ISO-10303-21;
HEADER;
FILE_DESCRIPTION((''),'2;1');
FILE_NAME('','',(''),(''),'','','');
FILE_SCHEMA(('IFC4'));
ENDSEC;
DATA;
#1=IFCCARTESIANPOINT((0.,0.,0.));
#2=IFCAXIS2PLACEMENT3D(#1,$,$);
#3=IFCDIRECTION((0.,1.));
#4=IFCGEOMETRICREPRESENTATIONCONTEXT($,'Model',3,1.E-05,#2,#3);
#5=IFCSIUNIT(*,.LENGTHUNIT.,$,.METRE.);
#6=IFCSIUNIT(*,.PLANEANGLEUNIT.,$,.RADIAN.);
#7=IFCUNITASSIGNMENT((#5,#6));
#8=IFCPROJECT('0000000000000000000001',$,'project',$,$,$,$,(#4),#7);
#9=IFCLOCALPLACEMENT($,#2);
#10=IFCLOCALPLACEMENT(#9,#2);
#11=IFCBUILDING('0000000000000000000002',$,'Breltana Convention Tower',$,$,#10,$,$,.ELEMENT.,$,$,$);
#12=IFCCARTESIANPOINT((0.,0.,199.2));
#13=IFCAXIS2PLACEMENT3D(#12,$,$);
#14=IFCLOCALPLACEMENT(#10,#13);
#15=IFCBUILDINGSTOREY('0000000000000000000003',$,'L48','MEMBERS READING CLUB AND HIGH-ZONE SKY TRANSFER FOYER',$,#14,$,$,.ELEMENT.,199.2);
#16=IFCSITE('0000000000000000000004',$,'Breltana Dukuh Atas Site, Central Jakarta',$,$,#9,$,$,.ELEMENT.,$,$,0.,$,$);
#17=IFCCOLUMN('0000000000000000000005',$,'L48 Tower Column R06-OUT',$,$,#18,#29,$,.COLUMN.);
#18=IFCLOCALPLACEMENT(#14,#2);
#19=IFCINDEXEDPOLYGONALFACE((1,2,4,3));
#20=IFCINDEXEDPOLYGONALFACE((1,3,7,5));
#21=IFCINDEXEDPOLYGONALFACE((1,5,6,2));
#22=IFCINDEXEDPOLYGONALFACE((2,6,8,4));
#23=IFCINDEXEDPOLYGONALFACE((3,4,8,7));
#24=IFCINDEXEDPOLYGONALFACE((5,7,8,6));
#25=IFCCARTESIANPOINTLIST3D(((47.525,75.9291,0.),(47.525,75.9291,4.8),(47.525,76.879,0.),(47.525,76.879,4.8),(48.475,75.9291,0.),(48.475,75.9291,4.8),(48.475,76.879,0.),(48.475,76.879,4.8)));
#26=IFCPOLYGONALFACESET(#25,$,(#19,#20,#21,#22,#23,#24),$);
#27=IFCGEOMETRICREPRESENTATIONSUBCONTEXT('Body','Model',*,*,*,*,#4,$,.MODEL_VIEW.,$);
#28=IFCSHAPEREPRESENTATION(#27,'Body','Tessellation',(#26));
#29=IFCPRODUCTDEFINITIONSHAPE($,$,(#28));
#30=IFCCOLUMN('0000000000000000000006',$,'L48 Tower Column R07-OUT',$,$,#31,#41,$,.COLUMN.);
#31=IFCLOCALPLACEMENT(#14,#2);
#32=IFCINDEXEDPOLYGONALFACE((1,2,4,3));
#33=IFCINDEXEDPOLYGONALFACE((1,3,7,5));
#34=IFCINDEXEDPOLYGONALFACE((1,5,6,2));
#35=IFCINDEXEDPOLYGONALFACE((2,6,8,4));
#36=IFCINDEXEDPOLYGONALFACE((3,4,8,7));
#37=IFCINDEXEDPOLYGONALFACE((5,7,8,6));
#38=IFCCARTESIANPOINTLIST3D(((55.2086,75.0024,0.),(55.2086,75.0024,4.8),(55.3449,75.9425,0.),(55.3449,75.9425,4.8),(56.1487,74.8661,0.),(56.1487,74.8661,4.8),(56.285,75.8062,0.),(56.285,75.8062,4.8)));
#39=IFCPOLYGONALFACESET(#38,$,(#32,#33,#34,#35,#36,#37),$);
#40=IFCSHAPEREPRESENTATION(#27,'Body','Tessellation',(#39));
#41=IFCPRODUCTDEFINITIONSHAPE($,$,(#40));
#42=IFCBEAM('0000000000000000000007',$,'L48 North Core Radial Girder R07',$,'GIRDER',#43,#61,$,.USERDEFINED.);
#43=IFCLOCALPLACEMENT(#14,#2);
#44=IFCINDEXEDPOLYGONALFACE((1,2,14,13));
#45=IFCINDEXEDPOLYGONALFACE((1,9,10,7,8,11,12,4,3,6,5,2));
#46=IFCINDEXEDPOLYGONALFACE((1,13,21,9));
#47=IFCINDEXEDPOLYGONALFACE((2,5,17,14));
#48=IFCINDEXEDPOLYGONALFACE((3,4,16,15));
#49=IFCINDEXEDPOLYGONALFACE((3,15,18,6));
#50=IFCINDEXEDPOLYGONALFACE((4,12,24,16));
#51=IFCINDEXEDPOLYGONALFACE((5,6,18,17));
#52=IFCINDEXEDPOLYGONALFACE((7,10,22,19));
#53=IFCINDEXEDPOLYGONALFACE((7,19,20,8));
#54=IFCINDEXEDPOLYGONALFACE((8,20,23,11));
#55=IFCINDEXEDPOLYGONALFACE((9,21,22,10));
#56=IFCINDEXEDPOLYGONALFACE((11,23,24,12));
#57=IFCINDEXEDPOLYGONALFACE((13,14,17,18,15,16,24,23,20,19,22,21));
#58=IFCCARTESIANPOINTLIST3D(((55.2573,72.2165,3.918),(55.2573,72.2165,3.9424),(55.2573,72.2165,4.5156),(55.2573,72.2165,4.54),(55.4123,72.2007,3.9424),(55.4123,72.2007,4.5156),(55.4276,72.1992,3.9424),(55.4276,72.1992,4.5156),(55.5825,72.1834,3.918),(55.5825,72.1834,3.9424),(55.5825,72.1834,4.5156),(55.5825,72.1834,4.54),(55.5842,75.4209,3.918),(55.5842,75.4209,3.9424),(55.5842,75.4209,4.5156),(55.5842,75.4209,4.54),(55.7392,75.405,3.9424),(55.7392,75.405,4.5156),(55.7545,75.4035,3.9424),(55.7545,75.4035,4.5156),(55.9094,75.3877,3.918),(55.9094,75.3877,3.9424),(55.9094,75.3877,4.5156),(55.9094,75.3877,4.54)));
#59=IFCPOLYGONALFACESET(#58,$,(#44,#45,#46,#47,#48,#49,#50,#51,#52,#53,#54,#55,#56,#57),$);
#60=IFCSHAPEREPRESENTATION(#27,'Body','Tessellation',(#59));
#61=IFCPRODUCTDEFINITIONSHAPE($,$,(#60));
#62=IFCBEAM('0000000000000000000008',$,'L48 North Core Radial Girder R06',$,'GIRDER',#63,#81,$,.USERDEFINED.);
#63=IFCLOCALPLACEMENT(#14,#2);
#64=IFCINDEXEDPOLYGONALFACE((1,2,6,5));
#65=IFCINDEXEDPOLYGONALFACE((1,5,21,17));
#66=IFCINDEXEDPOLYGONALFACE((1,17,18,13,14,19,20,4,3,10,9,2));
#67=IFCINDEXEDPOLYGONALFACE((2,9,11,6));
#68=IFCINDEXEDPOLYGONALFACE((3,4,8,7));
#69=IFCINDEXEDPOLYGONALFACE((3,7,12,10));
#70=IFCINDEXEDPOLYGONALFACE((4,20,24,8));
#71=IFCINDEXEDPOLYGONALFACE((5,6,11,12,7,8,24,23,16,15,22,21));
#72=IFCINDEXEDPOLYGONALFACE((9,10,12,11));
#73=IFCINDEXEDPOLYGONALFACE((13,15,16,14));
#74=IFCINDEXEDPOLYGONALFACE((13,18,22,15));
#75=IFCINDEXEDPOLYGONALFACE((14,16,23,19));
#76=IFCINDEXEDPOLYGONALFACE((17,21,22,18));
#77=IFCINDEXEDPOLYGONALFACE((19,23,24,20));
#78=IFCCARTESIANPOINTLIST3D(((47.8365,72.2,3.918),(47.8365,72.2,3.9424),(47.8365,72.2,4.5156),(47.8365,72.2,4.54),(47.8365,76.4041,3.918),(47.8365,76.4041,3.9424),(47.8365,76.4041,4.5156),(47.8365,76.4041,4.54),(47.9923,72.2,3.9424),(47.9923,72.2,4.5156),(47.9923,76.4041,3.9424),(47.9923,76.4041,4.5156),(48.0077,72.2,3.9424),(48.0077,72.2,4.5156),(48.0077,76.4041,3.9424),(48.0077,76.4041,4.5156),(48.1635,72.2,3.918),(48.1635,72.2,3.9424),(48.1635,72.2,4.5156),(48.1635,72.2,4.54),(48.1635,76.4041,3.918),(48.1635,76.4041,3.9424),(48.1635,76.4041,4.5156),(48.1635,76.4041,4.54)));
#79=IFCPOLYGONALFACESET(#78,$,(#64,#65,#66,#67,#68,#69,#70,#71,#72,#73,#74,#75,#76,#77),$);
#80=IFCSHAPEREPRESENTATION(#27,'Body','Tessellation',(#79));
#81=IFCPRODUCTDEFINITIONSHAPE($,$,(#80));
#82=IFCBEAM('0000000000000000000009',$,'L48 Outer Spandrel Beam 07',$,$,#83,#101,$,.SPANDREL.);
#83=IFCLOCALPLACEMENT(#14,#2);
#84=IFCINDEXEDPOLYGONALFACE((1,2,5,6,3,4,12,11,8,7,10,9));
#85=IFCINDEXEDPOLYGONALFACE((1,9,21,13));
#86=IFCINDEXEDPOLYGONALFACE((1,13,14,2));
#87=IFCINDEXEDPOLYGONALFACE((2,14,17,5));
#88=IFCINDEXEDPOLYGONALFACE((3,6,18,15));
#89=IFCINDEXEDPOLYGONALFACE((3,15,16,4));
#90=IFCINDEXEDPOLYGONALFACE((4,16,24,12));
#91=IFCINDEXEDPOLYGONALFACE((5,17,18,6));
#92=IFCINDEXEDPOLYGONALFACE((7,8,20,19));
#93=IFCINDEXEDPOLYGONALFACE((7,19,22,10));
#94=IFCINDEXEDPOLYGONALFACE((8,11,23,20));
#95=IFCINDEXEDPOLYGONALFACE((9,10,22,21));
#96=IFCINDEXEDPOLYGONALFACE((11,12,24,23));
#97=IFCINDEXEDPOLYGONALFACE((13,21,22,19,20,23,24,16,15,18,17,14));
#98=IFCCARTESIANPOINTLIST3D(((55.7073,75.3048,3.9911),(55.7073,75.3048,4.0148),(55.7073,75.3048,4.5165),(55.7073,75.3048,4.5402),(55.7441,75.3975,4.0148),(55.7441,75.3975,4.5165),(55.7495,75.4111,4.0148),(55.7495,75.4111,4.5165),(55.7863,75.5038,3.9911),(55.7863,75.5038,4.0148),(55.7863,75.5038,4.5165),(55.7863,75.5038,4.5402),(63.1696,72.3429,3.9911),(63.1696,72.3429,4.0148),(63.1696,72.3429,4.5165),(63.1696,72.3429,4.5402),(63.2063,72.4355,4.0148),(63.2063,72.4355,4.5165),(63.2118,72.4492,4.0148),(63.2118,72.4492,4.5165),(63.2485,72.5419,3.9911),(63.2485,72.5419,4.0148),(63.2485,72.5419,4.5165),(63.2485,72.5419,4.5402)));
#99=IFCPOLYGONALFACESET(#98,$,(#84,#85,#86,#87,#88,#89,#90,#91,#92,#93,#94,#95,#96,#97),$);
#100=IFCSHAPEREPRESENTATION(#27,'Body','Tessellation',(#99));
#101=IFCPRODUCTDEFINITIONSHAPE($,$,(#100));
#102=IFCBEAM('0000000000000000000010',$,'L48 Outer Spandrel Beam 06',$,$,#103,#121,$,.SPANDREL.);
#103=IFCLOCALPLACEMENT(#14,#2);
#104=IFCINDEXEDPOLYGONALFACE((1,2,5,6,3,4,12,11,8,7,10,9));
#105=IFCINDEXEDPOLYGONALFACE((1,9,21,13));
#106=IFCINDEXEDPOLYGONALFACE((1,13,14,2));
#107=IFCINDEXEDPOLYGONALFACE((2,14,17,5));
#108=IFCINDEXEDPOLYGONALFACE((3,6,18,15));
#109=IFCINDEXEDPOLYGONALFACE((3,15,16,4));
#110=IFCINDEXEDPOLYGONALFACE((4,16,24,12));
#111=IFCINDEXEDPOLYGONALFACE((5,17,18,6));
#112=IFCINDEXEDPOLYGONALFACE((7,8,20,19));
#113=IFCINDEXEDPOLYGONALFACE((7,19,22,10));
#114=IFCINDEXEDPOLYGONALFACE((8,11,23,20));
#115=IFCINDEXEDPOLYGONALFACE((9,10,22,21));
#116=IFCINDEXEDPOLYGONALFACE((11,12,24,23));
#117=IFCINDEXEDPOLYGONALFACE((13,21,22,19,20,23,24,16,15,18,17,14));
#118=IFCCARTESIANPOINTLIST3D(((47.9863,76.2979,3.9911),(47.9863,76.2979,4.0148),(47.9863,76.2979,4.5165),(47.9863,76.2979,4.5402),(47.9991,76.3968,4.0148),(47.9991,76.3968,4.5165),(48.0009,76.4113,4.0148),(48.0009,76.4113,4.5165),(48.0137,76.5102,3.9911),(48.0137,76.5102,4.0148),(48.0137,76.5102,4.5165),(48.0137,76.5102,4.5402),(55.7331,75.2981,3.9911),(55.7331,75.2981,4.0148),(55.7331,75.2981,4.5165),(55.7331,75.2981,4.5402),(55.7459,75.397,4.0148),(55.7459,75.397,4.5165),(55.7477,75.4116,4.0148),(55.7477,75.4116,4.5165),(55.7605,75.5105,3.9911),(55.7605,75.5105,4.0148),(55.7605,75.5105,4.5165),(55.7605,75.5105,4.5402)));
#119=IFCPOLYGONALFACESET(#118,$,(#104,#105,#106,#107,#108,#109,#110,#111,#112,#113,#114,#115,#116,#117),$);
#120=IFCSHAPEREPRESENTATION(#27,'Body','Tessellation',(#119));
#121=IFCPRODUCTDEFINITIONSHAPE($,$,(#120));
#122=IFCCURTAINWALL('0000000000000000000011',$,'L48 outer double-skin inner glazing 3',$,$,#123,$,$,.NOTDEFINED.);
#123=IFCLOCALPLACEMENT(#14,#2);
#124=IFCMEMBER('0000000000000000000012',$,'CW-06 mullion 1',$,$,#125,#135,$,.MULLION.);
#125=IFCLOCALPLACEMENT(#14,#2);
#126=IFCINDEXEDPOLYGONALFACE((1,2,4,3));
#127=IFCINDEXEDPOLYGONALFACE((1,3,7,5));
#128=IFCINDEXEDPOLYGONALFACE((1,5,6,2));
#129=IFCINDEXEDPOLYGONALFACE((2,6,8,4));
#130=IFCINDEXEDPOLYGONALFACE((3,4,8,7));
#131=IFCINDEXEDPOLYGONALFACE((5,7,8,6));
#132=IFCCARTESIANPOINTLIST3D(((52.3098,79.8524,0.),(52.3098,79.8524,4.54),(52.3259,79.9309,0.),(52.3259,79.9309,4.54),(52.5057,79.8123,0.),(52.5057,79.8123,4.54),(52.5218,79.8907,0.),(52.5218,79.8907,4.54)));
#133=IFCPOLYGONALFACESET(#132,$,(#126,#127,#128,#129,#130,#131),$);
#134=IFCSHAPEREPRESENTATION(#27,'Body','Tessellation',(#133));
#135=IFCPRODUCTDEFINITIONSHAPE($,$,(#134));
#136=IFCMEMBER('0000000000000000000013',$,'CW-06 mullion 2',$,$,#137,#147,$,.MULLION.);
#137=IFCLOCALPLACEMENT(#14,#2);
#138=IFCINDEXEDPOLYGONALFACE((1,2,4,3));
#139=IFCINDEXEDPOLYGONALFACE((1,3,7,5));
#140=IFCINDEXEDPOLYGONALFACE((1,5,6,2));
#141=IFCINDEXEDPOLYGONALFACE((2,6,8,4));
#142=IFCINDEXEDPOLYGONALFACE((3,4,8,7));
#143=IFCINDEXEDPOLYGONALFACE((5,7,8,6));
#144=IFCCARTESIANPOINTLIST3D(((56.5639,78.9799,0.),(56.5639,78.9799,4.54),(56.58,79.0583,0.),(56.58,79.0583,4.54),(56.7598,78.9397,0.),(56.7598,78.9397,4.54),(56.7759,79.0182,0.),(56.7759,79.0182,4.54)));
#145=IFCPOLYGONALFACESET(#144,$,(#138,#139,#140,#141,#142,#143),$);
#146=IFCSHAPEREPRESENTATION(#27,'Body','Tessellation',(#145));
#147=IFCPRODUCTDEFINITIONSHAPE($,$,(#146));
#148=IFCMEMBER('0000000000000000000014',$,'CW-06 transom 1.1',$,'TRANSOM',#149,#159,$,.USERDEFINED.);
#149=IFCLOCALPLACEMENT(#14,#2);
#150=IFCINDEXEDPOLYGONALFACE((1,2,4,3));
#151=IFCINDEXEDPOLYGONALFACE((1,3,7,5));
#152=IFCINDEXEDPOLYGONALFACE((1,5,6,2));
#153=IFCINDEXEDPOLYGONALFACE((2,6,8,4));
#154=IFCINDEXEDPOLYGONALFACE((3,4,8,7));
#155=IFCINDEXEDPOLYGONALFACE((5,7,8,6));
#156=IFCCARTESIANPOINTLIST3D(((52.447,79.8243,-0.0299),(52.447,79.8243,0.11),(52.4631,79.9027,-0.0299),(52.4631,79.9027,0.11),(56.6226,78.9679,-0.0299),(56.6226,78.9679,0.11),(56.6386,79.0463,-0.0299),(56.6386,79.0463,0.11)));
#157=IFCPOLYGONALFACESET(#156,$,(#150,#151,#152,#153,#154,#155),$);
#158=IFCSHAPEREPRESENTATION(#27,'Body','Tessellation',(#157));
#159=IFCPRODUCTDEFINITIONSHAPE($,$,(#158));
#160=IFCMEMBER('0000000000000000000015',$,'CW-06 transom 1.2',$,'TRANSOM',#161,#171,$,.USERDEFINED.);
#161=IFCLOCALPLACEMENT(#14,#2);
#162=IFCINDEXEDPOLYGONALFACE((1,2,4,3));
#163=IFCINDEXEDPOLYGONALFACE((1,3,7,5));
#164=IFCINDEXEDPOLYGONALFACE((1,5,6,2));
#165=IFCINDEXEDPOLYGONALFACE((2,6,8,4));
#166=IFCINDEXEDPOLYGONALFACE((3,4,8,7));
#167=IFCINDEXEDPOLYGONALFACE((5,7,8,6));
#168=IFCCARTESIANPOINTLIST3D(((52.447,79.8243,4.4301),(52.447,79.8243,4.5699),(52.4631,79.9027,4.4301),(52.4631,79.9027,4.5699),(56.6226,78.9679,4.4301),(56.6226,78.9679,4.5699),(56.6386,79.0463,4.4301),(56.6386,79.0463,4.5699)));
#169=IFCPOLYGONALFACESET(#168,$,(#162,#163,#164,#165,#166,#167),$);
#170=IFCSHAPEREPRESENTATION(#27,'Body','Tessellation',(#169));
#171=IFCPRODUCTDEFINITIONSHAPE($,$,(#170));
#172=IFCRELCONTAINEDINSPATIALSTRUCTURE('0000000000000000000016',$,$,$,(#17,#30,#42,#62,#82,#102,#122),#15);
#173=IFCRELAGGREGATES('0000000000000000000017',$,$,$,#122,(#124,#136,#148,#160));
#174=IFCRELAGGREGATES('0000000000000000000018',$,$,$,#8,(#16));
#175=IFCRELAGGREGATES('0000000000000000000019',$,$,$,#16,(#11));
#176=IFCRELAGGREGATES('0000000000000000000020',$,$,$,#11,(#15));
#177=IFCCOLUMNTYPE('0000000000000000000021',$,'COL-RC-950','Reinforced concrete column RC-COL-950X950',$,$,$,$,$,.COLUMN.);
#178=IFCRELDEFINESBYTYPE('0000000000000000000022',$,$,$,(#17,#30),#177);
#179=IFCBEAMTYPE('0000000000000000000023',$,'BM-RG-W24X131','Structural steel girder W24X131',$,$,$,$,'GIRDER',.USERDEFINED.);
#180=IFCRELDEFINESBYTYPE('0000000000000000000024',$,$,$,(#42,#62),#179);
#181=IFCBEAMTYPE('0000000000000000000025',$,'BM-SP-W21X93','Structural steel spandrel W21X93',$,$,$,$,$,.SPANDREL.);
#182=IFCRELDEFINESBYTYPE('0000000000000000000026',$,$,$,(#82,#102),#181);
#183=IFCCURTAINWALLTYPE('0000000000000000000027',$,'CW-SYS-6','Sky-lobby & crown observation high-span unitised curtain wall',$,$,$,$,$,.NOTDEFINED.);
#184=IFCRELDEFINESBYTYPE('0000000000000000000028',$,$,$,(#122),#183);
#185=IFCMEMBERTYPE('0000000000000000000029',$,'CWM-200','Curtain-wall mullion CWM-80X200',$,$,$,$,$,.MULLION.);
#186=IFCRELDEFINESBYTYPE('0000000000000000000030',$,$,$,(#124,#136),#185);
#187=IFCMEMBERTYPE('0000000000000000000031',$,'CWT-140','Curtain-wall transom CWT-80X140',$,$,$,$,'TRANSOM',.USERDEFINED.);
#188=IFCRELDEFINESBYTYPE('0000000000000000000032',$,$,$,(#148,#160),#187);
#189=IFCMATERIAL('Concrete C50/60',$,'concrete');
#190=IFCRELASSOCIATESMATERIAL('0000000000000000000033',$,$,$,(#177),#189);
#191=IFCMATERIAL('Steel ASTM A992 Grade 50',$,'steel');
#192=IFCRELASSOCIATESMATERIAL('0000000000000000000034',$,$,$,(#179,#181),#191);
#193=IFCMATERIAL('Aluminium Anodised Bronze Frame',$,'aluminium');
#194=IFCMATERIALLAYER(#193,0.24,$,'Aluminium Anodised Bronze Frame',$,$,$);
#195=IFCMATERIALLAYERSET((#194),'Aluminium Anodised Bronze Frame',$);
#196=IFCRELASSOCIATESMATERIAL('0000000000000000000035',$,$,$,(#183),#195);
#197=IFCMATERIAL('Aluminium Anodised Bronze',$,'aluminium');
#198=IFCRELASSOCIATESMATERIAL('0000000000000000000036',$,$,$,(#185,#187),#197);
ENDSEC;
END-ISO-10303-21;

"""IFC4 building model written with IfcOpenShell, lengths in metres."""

from ifc_helpers import new_model, si_unit, direction, frame, origin, origin_2d, place, context, subcontext, project, spatial, rectangle, i_section, extrude, source, transform, mapped, material, layer, layer_set, material_profile, profile_set, type_object, type_shapes, element, aggregate, save


model = new_model("IFC4")

# Units and contexts
model_context = context("Model", 3, precision=1e-05, world=origin(), true_north=direction((0.0, 1.0)))
body_context = subcontext(model_context, "Body", "Model", "MODEL_VIEW")
ifc_project = project(units=[si_unit("LENGTHUNIT", "METRE"), si_unit("PLANEANGLEUNIT", "RADIAN")], contexts=[model_context])

# Site, building, storey
site_placement = place(None, origin())
site = spatial("IfcSite", under=ifc_project, at=site_placement, Name="Breltana Dukuh Atas Site, Central Jakarta", CompositionType="ELEMENT", RefElevation=0.0)
building_placement = place(site_placement, origin())
building = spatial("IfcBuilding", under=site, at=building_placement, Name="Breltana Convention Tower", CompositionType="ELEMENT")
storey_placement = place(building_placement, frame((0.0, 0.0, 199.2)))
storey = spatial("IfcBuildingStorey", under=building, at=storey_placement, Name="L48", Description="MEMBERS READING CLUB AND HIGH-ZONE SKY TRANSFER FOYER", CompositionType="ELEMENT", Elevation=199.2)

# Columns
ifc_material_1 = material(Name="Concrete C50/60", Category="concrete")
ifc_material_profile_1 = material_profile(ifc_material_1, rectangle(XDim=0.95, YDim=0.95, at=origin_2d()), Name="RC-COL-950X950")
ifc_profile_set_1 = profile_set([ifc_material_profile_1], Name="Concrete C50/60")
column_type = type_object("IfcColumnType", Name="COL-RC-950", Description="Reinforced concrete column RC-COL-950X950", PredefinedType="COLUMN", material=ifc_profile_set_1)
shared_shape_1 = source(origin(), body_context, "Body", "SweptSolid", [
    extrude(rectangle(XDim=0.95, YDim=0.95, at=origin_2d()), origin(), (0.0, 0.0, 1.0), 4.8),
])
type_shapes(column_type, [shared_shape_1])
for number, where, z_axis, x_axis, name in (
    (1, (48.0, 76.4041, 0.0), (0.0, 0.0, 1.0), (0.0, 1.0, 0.0), "L48 Tower Column R06-OUT"),
    (2, (55.7468, 75.4043, 0.0), (0.0, 0.0, 1.0), (0.143493, 0.989651, 0.0), "L48 Tower Column R07-OUT"),
):
    element("IfcColumn", number, at=place(storey_placement, frame(where, z_axis=z_axis, x_axis=x_axis)), inside=storey, type_object=column_type, Name=name, PredefinedType="COLUMN", context=body_context, shape_type="MappedRepresentation", body=[
        mapped(shared_shape_1, transform((0.0, 0.0, 0.0), scale=1.0)),
    ])

# Beams
ifc_material_2 = material(Name="Steel ASTM A992 Grade 50", Category="steel")
ifc_material_profile_2 = material_profile(ifc_material_2, i_section(OverallWidth=0.3269, OverallDepth=0.6221, WebThickness=0.0154, FlangeThickness=0.0244, at=origin_2d()), Name="W24X131")
ifc_profile_set_2 = profile_set([ifc_material_profile_2], Name="Steel ASTM A992 Grade 50")
beam_type_1 = type_object("IfcBeamType", Name="BM-RG-W24X131", Description="Structural steel girder W24X131", ElementType="GIRDER", PredefinedType="USERDEFINED", material=ifc_profile_set_2)
shared_shape_2 = source(origin(), body_context, "Body", "SweptSolid", [
    extrude(i_section(OverallWidth=0.3269, OverallDepth=0.6221, WebThickness=0.0154, FlangeThickness=0.0244, at=origin_2d()), origin(), (0.0, 0.0, 1.0), 3.2209),
])
beam_1_placement = place(storey_placement, frame((55.4199, 72.2, 4.229), z_axis=(0.101492, 0.994836, 0.0), x_axis=(-0.994836, 0.101492, 0.0)))
element("IfcBeam", 3, at=beam_1_placement, inside=storey, type_object=beam_type_1, Name="L48 North Core Radial Girder R07", ObjectType="GIRDER", PredefinedType="USERDEFINED", context=body_context, shape_type="MappedRepresentation", body=[
    mapped(shared_shape_2, transform((0.0, 0.0, 0.0), scale=1.0)),
])
shared_shape_3 = source(origin(), body_context, "Body", "SweptSolid", [
    extrude(i_section(OverallWidth=0.3269, OverallDepth=0.6221, WebThickness=0.0154, FlangeThickness=0.0244, at=origin_2d()), origin(), (0.0, 0.0, 1.0), 4.2041),
])
beam_2_placement = place(storey_placement, frame((48.0, 72.2, 4.229), z_axis=(0.0, 1.0, 0.0), x_axis=(-1.0, 0.0, 0.0)))
element("IfcBeam", 4, at=beam_2_placement, inside=storey, type_object=beam_type_1, Name="L48 North Core Radial Girder R06", ObjectType="GIRDER", PredefinedType="USERDEFINED", context=body_context, shape_type="MappedRepresentation", body=[
    mapped(shared_shape_3, transform((0.0, 0.0, 0.0), scale=1.0)),
])
ifc_material_profile_3 = material_profile(ifc_material_2, i_section(OverallWidth=0.2141, OverallDepth=0.5491, WebThickness=0.0146, FlangeThickness=0.0237, at=origin_2d()), Name="W21X93")
ifc_profile_set_3 = profile_set([ifc_material_profile_3], Name="Steel ASTM A992 Grade 50")
beam_type_2 = type_object("IfcBeamType", Name="BM-SP-W21X93", Description="Structural steel spandrel W21X93", PredefinedType="SPANDREL", material=ifc_profile_set_3)
shared_shape_4 = source(origin(), body_context, "Body", "SweptSolid", [
    extrude(i_section(OverallWidth=0.2141, OverallDepth=0.5491, WebThickness=0.0146, FlangeThickness=0.0237, at=origin_2d()), origin(), (0.0, 0.0, 1.0), 8.0286),
])
beam_3_placement = place(storey_placement, frame((55.7468, 75.4043, 4.2656), z_axis=(0.929459, -0.368925, 0.0), x_axis=(0.368925, 0.929459, 0.0)))
element("IfcBeam", 5, at=beam_3_placement, inside=storey, type_object=beam_type_2, Name="L48 Outer Spandrel Beam 07", PredefinedType="SPANDREL", context=body_context, shape_type="MappedRepresentation", body=[
    mapped(shared_shape_4, transform((0.0, 0.0, 0.0), scale=1.0)),
])
shared_shape_5 = source(origin(), body_context, "Body", "SweptSolid", [
    extrude(i_section(OverallWidth=0.2141, OverallDepth=0.5491, WebThickness=0.0146, FlangeThickness=0.0237, at=origin_2d()), origin(), (0.0, 0.0, 1.0), 7.811),
])
beam_4_placement = place(storey_placement, frame((48.0, 76.4041, 4.2656), z_axis=(0.991775, -0.127992, 0.0), x_axis=(0.127992, 0.991775, 0.0)))
element("IfcBeam", 6, at=beam_4_placement, inside=storey, type_object=beam_type_2, Name="L48 Outer Spandrel Beam 06", PredefinedType="SPANDREL", context=body_context, shape_type="MappedRepresentation", body=[
    mapped(shared_shape_5, transform((0.0, 0.0, 0.0), scale=1.0)),
])

# Curtain wall, members
ifc_material_3 = material(Name="Aluminium Anodised Bronze Frame", Category="aluminium")
ifc_layer_1 = layer(ifc_material_3, 0.24, Name="Aluminium Anodised Bronze Frame")
ifc_layer_set_1 = layer_set([ifc_layer_1], Name="Aluminium Anodised Bronze Frame")
curtain_wall_type = type_object("IfcCurtainWallType", Name="CW-SYS-6", Description="Sky-lobby & crown observation high-span unitised curtain wall", PredefinedType="NOTDEFINED", material=ifc_layer_set_1)
curtain_wall_placement = place(storey_placement, origin())
curtain_wall = element("IfcCurtainWall", 7, at=curtain_wall_placement, inside=storey, type_object=curtain_wall_type, Name="L48 outer double-skin inner glazing 3", PredefinedType="NOTDEFINED")
ifc_material_4 = material(Name="Aluminium Anodised Bronze", Category="aluminium")
ifc_material_profile_4 = material_profile(ifc_material_4, rectangle(XDim=0.0801, YDim=0.2, at=origin_2d()), Name="CWM-80X200")
ifc_profile_set_4 = profile_set([ifc_material_profile_4], Name="Aluminium Anodised Bronze")
member_type_1 = type_object("IfcMemberType", Name="CWM-200", Description="Curtain-wall mullion CWM-80X200", PredefinedType="MULLION", material=ifc_profile_set_4)
shared_shape_6 = source(origin(), body_context, "Body", "SweptSolid", [
    extrude(rectangle(XDim=0.0801, YDim=0.2, at=origin_2d()), origin(), (0.0, 0.0, 1.0), 4.54),
])
member_1_placement = place(storey_placement, frame((52.4158, 79.8716, 0.0), z_axis=(0.0, 0.0, 1.0), x_axis=(0.20088, 0.979616, 0.0)))
member_1 = element("IfcMember", 8, at=member_1_placement, type_object=member_type_1, Name="CW-06 mullion 1", PredefinedType="MULLION", context=body_context, shape_type="MappedRepresentation", body=[
    mapped(shared_shape_6, transform((0.0, 0.0, 0.0), scale=1.0)),
])
member_2_placement = place(storey_placement, frame((56.6699, 78.999, 0.0), z_axis=(0.0, 0.0, 1.0), x_axis=(0.20088, 0.979616, 0.0)))
member_2 = element("IfcMember", 9, at=member_2_placement, type_object=member_type_1, Name="CW-06 mullion 2", PredefinedType="MULLION", context=body_context, shape_type="MappedRepresentation", body=[
    mapped(shared_shape_6, transform((0.0, 0.0, 0.0), scale=1.0)),
])
ifc_material_profile_5 = material_profile(ifc_material_4, rectangle(XDim=0.0801, YDim=0.1399, at=origin_2d()), Name="CWT-80X140")
ifc_profile_set_5 = profile_set([ifc_material_profile_5], Name="Aluminium Anodised Bronze")
member_type_2 = type_object("IfcMemberType", Name="CWT-140", Description="Curtain-wall transom CWT-80X140", ElementType="TRANSOM", PredefinedType="USERDEFINED", material=ifc_profile_set_5)
shared_shape_7 = source(origin(), body_context, "Body", "SweptSolid", [
    extrude(rectangle(XDim=0.0801, YDim=0.1399, at=origin_2d()), origin(), (0.0, 0.0, 1.0), 4.2625),
])
member_3_placement = place(storey_placement, frame((52.4551, 79.8635, 0.04), z_axis=(0.979606, -0.200927, 0.0), x_axis=(0.200927, 0.979606, 0.0)))
member_3 = element("IfcMember", 10, at=member_3_placement, type_object=member_type_2, Name="CW-06 transom 1.1", ObjectType="TRANSOM", PredefinedType="USERDEFINED", context=body_context, shape_type="MappedRepresentation", body=[
    mapped(shared_shape_7, transform((0.0, 0.0, 0.0), scale=1.0)),
])
member_4_placement = place(storey_placement, frame((52.4551, 79.8635, 4.5), z_axis=(0.979606, -0.200927, 0.0), x_axis=(0.200927, 0.979606, 0.0)))
member_4 = element("IfcMember", 11, at=member_4_placement, type_object=member_type_2, Name="CW-06 transom 1.2", ObjectType="TRANSOM", PredefinedType="USERDEFINED", context=body_context, shape_type="MappedRepresentation", body=[
    mapped(shared_shape_7, transform((0.0, 0.0, 0.0), scale=1.0)),
])
aggregate(curtain_wall, [member_1, member_2, member_3, member_4])

save(model, "model.ifc")
